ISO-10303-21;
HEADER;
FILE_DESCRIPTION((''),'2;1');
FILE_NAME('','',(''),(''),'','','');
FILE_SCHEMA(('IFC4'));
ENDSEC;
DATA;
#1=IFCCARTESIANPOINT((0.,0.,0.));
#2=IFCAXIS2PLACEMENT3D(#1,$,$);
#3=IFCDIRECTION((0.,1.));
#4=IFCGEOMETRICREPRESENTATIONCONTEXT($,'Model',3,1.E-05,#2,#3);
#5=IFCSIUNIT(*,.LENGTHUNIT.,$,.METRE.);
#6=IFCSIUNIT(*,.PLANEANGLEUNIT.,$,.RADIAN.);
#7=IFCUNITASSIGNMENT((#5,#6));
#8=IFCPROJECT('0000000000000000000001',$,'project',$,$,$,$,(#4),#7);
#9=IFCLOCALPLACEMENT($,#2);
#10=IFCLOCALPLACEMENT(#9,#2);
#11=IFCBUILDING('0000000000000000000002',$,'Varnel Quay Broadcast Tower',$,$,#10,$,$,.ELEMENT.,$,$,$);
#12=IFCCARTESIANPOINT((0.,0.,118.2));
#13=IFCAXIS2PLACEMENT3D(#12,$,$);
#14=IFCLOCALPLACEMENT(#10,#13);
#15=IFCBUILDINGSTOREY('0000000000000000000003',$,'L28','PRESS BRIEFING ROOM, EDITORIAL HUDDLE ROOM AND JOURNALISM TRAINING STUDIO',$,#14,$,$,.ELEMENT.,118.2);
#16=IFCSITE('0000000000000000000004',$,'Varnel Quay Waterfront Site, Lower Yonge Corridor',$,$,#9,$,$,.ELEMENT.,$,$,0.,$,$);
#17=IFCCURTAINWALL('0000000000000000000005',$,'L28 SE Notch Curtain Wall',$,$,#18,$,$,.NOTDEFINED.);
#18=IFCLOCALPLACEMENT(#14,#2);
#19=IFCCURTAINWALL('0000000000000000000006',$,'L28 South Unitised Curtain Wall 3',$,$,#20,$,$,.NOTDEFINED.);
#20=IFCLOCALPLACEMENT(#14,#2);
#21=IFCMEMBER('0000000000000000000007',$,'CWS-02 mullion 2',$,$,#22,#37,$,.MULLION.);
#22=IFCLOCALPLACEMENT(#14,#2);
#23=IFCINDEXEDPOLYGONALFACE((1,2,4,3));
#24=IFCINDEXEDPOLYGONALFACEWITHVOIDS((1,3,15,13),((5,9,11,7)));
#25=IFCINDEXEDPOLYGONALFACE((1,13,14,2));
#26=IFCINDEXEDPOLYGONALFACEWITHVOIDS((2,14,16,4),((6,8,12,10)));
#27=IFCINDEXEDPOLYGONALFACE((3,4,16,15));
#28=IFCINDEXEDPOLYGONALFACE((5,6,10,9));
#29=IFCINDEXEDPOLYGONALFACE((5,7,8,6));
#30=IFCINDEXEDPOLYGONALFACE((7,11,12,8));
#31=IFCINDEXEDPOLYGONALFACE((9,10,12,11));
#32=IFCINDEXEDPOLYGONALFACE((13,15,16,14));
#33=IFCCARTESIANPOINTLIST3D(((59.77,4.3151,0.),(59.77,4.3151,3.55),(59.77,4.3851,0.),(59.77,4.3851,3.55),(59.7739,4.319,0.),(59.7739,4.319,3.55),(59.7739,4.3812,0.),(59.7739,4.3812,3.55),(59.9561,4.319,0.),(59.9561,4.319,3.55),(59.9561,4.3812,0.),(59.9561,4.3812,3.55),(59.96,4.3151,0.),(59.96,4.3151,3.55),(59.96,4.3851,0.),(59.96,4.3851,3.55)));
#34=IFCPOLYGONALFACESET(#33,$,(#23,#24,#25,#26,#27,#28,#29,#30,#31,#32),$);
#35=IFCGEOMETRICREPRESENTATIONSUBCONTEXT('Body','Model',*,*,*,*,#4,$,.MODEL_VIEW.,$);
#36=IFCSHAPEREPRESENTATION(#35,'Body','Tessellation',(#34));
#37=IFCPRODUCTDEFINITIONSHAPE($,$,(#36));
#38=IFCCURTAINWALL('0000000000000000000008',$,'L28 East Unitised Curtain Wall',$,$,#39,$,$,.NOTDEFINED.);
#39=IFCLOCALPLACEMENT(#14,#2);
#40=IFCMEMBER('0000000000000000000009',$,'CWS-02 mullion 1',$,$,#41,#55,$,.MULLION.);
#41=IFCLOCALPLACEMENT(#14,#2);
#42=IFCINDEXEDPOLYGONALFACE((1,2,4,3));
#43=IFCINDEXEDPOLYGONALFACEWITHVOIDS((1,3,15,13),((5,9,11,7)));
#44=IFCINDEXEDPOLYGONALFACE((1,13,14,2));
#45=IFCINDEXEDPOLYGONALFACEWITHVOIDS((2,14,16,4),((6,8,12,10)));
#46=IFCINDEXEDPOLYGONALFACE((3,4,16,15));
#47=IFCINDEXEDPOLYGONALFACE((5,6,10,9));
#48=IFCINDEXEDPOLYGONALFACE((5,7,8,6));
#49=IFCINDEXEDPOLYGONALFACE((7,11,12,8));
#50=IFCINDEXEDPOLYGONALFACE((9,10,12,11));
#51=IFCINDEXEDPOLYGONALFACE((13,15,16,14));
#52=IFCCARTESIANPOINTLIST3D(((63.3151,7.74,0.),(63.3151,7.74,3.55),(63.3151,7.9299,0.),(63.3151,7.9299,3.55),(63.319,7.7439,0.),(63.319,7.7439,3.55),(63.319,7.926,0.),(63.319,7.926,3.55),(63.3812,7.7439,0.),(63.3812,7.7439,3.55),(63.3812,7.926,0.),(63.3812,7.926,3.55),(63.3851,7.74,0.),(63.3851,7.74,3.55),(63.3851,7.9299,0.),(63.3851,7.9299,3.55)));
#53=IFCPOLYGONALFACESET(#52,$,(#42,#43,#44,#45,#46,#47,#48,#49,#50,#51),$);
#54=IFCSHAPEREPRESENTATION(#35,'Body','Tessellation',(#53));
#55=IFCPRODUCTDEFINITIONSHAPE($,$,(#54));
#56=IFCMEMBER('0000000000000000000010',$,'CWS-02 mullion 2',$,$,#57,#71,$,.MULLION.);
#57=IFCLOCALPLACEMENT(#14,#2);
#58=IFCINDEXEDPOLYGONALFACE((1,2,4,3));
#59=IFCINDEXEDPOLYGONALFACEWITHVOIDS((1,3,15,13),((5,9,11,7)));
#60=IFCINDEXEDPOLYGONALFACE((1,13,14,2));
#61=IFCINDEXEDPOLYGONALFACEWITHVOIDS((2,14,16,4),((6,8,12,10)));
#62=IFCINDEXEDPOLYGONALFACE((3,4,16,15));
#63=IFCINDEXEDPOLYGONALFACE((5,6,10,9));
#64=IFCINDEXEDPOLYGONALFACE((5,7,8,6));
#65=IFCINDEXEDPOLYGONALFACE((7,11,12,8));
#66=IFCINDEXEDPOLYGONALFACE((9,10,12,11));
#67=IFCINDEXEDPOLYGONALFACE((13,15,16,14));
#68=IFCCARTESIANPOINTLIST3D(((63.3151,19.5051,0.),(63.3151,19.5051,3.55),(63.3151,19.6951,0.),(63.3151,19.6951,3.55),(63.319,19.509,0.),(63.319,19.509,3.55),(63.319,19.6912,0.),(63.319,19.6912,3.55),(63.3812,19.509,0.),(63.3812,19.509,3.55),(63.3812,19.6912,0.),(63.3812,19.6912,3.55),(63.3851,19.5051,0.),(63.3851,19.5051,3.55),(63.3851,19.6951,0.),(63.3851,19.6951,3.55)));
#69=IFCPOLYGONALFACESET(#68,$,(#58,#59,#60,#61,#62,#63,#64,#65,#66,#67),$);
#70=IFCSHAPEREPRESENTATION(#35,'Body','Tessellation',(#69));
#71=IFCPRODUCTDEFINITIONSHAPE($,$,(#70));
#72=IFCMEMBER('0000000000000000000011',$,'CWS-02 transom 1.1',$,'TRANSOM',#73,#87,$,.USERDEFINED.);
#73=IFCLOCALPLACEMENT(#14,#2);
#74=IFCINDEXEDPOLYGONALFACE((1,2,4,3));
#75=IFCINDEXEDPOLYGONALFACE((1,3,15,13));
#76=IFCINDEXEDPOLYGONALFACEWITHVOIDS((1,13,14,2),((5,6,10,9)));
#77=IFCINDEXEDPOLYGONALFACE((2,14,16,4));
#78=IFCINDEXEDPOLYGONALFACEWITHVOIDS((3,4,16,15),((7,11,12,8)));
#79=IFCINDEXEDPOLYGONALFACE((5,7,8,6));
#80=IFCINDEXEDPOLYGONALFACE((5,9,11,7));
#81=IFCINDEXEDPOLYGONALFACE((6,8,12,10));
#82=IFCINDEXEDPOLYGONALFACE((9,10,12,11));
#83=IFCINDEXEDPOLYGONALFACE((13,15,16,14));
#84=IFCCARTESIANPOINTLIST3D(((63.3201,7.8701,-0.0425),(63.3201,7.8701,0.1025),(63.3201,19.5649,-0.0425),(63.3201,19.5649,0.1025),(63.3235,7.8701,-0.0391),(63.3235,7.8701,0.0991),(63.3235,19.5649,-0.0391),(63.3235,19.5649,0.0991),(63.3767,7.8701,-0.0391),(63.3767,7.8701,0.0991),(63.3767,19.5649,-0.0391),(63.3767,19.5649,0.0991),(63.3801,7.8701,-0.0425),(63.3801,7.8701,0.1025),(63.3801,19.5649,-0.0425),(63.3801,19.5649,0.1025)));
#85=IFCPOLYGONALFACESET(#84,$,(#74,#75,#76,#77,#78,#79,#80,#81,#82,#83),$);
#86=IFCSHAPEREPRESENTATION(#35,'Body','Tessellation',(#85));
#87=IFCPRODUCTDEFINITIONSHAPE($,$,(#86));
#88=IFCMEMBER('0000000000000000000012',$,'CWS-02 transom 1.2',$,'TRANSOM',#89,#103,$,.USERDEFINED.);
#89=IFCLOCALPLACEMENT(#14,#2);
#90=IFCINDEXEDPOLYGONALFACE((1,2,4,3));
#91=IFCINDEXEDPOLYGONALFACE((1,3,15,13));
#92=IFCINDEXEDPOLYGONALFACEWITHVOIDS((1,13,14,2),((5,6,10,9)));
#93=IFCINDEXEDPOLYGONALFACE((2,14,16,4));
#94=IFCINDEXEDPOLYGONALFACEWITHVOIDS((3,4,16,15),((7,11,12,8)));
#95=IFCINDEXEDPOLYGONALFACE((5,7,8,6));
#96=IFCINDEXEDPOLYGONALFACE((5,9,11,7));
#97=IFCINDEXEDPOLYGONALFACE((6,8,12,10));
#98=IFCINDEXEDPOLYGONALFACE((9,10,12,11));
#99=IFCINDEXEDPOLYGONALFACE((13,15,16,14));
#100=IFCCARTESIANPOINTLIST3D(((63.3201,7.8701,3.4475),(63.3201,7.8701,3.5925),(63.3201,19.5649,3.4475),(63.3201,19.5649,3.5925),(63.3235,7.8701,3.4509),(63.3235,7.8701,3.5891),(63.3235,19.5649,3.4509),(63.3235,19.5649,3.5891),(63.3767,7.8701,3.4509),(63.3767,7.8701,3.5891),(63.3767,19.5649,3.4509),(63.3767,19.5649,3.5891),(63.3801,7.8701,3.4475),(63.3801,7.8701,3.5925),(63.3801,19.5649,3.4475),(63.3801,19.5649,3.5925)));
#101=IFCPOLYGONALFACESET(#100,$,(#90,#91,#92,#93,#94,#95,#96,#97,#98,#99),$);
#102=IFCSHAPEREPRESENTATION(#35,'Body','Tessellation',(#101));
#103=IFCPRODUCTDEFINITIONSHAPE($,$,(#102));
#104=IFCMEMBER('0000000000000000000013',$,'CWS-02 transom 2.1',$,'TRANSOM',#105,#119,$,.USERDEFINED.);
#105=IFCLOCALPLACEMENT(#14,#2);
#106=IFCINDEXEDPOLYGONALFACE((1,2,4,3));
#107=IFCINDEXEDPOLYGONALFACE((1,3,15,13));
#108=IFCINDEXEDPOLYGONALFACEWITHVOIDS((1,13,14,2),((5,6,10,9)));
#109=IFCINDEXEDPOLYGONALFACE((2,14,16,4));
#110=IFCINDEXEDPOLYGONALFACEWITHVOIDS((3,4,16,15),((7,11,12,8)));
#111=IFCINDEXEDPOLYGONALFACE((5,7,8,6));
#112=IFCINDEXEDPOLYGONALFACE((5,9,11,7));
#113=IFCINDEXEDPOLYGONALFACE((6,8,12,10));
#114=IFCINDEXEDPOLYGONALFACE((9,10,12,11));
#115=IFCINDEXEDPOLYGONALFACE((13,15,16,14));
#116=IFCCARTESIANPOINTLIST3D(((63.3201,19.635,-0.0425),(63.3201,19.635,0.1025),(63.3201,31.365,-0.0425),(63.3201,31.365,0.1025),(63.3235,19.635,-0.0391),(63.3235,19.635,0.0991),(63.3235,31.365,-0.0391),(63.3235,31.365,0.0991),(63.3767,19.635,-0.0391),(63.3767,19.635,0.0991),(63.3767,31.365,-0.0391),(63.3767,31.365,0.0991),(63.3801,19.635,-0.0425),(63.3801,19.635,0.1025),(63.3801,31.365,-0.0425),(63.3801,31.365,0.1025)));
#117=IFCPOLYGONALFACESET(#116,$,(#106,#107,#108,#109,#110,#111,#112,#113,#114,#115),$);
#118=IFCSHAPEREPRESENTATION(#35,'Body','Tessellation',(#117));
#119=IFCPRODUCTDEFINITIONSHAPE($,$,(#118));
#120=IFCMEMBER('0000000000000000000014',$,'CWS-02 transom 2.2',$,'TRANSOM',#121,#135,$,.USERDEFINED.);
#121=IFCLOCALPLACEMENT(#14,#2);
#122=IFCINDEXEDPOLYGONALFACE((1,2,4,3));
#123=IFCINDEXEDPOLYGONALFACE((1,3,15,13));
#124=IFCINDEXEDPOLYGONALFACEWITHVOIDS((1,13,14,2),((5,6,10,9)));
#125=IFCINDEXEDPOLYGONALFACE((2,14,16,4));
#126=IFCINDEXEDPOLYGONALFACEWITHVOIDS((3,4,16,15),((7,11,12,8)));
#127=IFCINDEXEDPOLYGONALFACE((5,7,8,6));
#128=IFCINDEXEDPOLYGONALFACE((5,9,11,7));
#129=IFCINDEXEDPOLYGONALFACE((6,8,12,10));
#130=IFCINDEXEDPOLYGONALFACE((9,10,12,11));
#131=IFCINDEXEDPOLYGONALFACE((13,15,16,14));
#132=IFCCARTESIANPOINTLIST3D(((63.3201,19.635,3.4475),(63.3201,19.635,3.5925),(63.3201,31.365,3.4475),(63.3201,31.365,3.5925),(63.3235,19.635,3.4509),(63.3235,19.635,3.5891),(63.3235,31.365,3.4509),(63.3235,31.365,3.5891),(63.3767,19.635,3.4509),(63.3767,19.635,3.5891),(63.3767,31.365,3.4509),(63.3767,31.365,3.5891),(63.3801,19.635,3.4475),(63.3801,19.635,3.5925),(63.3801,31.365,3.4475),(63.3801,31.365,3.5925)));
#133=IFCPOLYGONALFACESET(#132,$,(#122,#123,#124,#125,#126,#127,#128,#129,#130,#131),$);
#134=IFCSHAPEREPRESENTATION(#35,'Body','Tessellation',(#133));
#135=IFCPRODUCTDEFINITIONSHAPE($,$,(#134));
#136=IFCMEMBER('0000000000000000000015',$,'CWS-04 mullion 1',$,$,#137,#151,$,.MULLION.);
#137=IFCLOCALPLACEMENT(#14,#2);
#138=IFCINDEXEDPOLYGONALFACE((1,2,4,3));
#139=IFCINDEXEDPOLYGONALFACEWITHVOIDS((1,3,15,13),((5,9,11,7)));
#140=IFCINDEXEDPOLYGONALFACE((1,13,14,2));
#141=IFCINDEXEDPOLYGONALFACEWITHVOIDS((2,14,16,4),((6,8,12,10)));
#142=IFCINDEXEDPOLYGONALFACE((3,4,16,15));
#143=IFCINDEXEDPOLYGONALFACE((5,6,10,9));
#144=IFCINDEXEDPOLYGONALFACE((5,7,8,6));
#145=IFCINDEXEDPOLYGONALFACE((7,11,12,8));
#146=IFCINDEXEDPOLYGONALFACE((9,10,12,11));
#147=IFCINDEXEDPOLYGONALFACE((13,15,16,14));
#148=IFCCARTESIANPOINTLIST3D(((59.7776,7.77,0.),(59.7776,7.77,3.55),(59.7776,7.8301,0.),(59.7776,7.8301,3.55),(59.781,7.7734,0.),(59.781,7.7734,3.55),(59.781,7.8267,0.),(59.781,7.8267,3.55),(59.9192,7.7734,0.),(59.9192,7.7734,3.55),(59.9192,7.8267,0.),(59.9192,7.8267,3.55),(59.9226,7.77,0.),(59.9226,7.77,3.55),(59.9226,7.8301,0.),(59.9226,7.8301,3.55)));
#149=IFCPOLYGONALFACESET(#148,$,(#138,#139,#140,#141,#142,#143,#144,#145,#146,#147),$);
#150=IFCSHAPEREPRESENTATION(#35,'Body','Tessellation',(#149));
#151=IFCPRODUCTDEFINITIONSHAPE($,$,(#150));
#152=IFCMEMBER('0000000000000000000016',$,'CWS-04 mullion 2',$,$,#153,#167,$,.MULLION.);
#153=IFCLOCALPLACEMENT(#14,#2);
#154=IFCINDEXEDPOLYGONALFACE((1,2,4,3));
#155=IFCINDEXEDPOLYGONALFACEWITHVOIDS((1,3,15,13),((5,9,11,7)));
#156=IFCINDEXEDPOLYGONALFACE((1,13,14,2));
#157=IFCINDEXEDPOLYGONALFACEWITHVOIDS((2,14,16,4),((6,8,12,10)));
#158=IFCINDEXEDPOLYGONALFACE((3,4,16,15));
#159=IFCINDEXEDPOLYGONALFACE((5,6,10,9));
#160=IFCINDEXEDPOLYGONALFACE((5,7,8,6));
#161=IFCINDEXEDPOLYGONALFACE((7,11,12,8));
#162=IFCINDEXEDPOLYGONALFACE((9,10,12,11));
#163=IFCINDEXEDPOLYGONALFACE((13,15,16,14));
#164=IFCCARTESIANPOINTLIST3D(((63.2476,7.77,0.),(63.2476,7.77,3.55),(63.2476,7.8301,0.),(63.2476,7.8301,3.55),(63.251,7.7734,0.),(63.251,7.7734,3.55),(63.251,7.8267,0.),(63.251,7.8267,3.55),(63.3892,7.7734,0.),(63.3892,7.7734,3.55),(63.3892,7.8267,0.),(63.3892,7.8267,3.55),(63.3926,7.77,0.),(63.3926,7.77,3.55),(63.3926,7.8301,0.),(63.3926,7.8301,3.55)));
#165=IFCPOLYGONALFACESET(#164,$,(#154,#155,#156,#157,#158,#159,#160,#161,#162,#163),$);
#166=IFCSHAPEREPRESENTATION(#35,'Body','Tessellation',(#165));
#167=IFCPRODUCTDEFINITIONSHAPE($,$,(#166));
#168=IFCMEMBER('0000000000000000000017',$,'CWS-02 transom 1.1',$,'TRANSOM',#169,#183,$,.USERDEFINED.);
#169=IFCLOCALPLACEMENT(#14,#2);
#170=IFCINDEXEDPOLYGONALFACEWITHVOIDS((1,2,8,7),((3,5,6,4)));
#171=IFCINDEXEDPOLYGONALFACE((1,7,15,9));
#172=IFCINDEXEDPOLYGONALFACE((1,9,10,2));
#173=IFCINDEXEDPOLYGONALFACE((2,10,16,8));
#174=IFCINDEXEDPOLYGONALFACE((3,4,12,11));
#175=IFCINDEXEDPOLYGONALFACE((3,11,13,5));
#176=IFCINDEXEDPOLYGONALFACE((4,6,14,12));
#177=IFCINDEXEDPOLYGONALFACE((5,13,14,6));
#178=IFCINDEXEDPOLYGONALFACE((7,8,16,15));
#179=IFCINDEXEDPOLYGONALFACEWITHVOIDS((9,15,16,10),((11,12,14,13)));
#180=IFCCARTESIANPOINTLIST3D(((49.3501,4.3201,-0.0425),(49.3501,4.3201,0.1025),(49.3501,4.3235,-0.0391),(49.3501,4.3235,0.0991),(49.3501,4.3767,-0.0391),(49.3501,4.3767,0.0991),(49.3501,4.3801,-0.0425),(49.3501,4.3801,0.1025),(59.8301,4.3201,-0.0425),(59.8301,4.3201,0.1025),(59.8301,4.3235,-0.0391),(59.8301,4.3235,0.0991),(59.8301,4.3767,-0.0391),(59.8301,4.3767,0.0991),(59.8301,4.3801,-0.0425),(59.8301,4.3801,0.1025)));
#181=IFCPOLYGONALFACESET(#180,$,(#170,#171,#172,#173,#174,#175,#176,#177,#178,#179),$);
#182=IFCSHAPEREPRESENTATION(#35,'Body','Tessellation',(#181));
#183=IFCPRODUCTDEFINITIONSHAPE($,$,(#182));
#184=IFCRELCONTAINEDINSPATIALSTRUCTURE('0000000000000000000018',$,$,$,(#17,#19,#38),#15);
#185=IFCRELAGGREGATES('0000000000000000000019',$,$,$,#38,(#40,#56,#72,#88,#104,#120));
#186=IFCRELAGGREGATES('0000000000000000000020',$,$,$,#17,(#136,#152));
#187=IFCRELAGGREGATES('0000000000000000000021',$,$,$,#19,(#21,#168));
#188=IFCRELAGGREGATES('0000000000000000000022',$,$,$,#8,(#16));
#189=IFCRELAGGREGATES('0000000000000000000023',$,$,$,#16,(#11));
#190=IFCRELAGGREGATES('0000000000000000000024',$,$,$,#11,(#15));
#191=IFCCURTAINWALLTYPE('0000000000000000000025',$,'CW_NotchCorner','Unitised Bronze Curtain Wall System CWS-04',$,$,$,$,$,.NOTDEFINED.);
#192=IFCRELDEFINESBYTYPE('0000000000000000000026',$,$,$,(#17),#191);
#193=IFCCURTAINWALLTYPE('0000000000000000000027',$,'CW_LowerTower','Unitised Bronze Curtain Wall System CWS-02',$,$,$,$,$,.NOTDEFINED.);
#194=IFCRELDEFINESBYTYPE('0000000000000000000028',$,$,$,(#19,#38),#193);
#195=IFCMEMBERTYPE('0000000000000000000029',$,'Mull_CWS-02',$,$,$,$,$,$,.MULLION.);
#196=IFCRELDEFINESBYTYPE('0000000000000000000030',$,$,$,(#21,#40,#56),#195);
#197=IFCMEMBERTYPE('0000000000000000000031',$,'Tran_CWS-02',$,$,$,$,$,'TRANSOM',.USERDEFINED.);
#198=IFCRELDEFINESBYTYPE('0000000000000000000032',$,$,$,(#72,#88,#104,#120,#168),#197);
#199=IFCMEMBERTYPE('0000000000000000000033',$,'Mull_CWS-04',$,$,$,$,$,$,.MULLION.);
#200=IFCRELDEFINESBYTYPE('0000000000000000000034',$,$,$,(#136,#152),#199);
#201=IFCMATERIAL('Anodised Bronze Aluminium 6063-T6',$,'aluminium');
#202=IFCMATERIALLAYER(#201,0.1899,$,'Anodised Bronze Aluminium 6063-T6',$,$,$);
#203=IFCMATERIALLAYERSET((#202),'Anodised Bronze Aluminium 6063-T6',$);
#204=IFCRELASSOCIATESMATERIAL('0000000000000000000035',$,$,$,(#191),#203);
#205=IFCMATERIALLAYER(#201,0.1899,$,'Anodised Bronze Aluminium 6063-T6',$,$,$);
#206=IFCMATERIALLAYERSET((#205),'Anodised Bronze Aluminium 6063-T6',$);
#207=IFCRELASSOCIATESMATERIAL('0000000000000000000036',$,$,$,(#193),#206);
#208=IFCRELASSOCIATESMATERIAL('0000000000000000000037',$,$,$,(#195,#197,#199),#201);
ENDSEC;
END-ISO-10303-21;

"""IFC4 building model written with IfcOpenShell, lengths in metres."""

from ifc_helpers import new_model, si_unit, direction, frame, origin, origin_2d, place, context, subcontext, project, spatial, hollow_rectangle, extrude, source, transform, mapped, material, layer, layer_set, material_profile, profile_set, type_object, type_shapes, element, aggregate, save


model = new_model("IFC4")

# Units and contexts
model_context = context("Model", 3, precision=1e-05, world=origin(), true_north=direction((0.0, 1.0)))
body_context = subcontext(model_context, "Body", "Model", "MODEL_VIEW")
ifc_project = project(units=[si_unit("LENGTHUNIT", "METRE"), si_unit("PLANEANGLEUNIT", "RADIAN")], contexts=[model_context])

# Site, building, storey
site_placement = place(None, origin())
site = spatial("IfcSite", under=ifc_project, at=site_placement, Name="Varnel Quay Waterfront Site, Lower Yonge Corridor", CompositionType="ELEMENT", RefElevation=0.0)
building_placement = place(site_placement, origin())
building = spatial("IfcBuilding", under=site, at=building_placement, Name="Varnel Quay Broadcast Tower", CompositionType="ELEMENT")
storey_placement = place(building_placement, frame((0.0, 0.0, 118.2)))
storey = spatial("IfcBuildingStorey", under=building, at=storey_placement, Name="L28", Description="PRESS BRIEFING ROOM, EDITORIAL HUDDLE ROOM AND JOURNALISM TRAINING STUDIO", CompositionType="ELEMENT", Elevation=118.2)

# Curtain walls, members
ifc_material_1 = material(Name="Anodised Bronze Aluminium 6063-T6", Category="aluminium")
ifc_layer_1 = layer(ifc_material_1, 0.1899, Name="Anodised Bronze Aluminium 6063-T6")
ifc_layer_set_1 = layer_set([ifc_layer_1], Name="Anodised Bronze Aluminium 6063-T6")
curtain_wall_type_1 = type_object("IfcCurtainWallType", Name="CW_NotchCorner", Description="Unitised Bronze Curtain Wall System CWS-04", PredefinedType="NOTDEFINED", material=ifc_layer_set_1)
curtain_wall_1_placement = place(storey_placement, origin())
curtain_wall_1 = element("IfcCurtainWall", 1, at=curtain_wall_1_placement, inside=storey, type_object=curtain_wall_type_1, Name="L28 SE Notch Curtain Wall", PredefinedType="NOTDEFINED")
ifc_layer_2 = layer(ifc_material_1, 0.1899, Name="Anodised Bronze Aluminium 6063-T6")
ifc_layer_set_2 = layer_set([ifc_layer_2], Name="Anodised Bronze Aluminium 6063-T6")
curtain_wall_type_2 = type_object("IfcCurtainWallType", Name="CW_LowerTower", Description="Unitised Bronze Curtain Wall System CWS-02", PredefinedType="NOTDEFINED", material=ifc_layer_set_2)
curtain_wall_2_placement = place(storey_placement, origin())
curtain_wall_2 = element("IfcCurtainWall", 2, at=curtain_wall_2_placement, inside=storey, type_object=curtain_wall_type_2, Name="L28 South Unitised Curtain Wall 3", PredefinedType="NOTDEFINED")
ifc_material_profile_1 = material_profile(ifc_material_1, hollow_rectangle(XDim=0.0701, YDim=0.1899, WallThickness=0.0039, at=origin_2d()), Name="ALU70X190X4")
ifc_profile_set_1 = profile_set([ifc_material_profile_1], Name="Anodised Bronze Aluminium 6063-T6")
member_type_1 = type_object("IfcMemberType", Name="Mull_CWS-02", PredefinedType="MULLION", material=ifc_profile_set_1)
shared_shape_1 = source(origin(), body_context, "Body", "SweptSolid", [
    extrude(hollow_rectangle(XDim=0.0701, YDim=0.1899, WallThickness=0.0039, at=origin_2d()), origin(), (0.0, 0.0, 1.0), 3.55),
])
type_shapes(member_type_1, [shared_shape_1])
member_1_placement = place(storey_placement, frame((59.865, 4.3501, 0.0), z_axis=(0.0, 0.0, 1.0), x_axis=(0.0, 1.0, 0.0)))
member_1 = element("IfcMember", 3, at=member_1_placement, type_object=member_type_1, Name="CWS-02 mullion 2", PredefinedType="MULLION", context=body_context, shape_type="MappedRepresentation", body=[
    mapped(shared_shape_1, transform((0.0, 0.0, 0.0), x_axis=(1.0, 0.0, 0.0), y_axis=(0.0, 1.0, 0.0), z_axis=(0.0, 0.0, 1.0), scale=1.0)),
])
curtain_wall_3_placement = place(storey_placement, origin())
curtain_wall_3 = element("IfcCurtainWall", 4, at=curtain_wall_3_placement, inside=storey, type_object=curtain_wall_type_2, Name="L28 East Unitised Curtain Wall", PredefinedType="NOTDEFINED")
member_2_placement = place(storey_placement, frame((63.3501, 7.835, 0.0), z_axis=(0.0, 0.0, 1.0), x_axis=(-1.0, 0.0, 0.0)))
member_2 = element("IfcMember", 5, at=member_2_placement, type_object=member_type_1, Name="CWS-02 mullion 1", PredefinedType="MULLION", context=body_context, shape_type="MappedRepresentation", body=[
    mapped(shared_shape_1, transform((0.0, 0.0, 0.0), x_axis=(1.0, 0.0, 0.0), y_axis=(0.0, 1.0, 0.0), z_axis=(0.0, 0.0, 1.0), scale=1.0)),
])
member_3_placement = place(storey_placement, frame((63.3501, 19.6001, 0.0), z_axis=(0.0, 0.0, 1.0), x_axis=(-1.0, 0.0, 0.0)))
member_3 = element("IfcMember", 6, at=member_3_placement, type_object=member_type_1, Name="CWS-02 mullion 2", PredefinedType="MULLION", context=body_context, shape_type="MappedRepresentation", body=[
    mapped(shared_shape_1, transform((0.0, 0.0, 0.0), x_axis=(1.0, 0.0, 0.0), y_axis=(0.0, 1.0, 0.0), z_axis=(0.0, 0.0, 1.0), scale=1.0)),
])
ifc_material_profile_2 = material_profile(ifc_material_1, hollow_rectangle(XDim=0.0601, YDim=0.145, WallThickness=0.0034, at=origin_2d()), Name="ALU60X145X3.5")
ifc_profile_set_2 = profile_set([ifc_material_profile_2], Name="Anodised Bronze Aluminium 6063-T6")
member_type_2 = type_object("IfcMemberType", Name="Tran_CWS-02", ElementType="TRANSOM", PredefinedType="USERDEFINED", material=ifc_profile_set_2)
shared_shape_2 = source(origin(), body_context, "Body", "SweptSolid", [
    extrude(hollow_rectangle(XDim=0.0601, YDim=0.145, WallThickness=0.0034, at=origin_2d()), origin(), (0.0, 0.0, 1.0), 11.6948),
])
member_4_placement = place(storey_placement, frame((63.3501, 7.8701, 0.03), z_axis=(0.0, 1.0, 0.0), x_axis=(-1.0, 0.0, 0.0)))
member_4 = element("IfcMember", 7, at=member_4_placement, type_object=member_type_2, Name="CWS-02 transom 1.1", ObjectType="TRANSOM", PredefinedType="USERDEFINED", context=body_context, shape_type="MappedRepresentation", body=[
    mapped(shared_shape_2, transform((0.0, 0.0, 0.0), x_axis=(1.0, 0.0, 0.0), y_axis=(0.0, 1.0, 0.0), z_axis=(0.0, 0.0, 1.0), scale=1.0)),
])
member_5_placement = place(storey_placement, frame((63.3501, 7.8701, 3.52), z_axis=(0.0, 1.0, 0.0), x_axis=(-1.0, 0.0, 0.0)))
member_5 = element("IfcMember", 8, at=member_5_placement, type_object=member_type_2, Name="CWS-02 transom 1.2", ObjectType="TRANSOM", PredefinedType="USERDEFINED", context=body_context, shape_type="MappedRepresentation", body=[
    mapped(shared_shape_2, transform((0.0, 0.0, 0.0), x_axis=(1.0, 0.0, 0.0), y_axis=(0.0, 1.0, 0.0), z_axis=(0.0, 0.0, 1.0), scale=1.0)),
])
shared_shape_3 = source(origin(), body_context, "Body", "SweptSolid", [
    extrude(hollow_rectangle(XDim=0.0601, YDim=0.145, WallThickness=0.0034, at=origin_2d()), origin(), (0.0, 0.0, 1.0), 11.73),
])
member_6_placement = place(storey_placement, frame((63.3501, 19.635, 0.03), z_axis=(0.0, 1.0, 0.0), x_axis=(-1.0, 0.0, 0.0)))
member_6 = element("IfcMember", 9, at=member_6_placement, type_object=member_type_2, Name="CWS-02 transom 2.1", ObjectType="TRANSOM", PredefinedType="USERDEFINED", context=body_context, shape_type="MappedRepresentation", body=[
    mapped(shared_shape_3, transform((0.0, 0.0, 0.0), x_axis=(1.0, 0.0, 0.0), y_axis=(0.0, 1.0, 0.0), z_axis=(0.0, 0.0, 1.0), scale=1.0)),
])
member_7_placement = place(storey_placement, frame((63.3501, 19.635, 3.52), z_axis=(0.0, 1.0, 0.0), x_axis=(-1.0, 0.0, 0.0)))
member_7 = element("IfcMember", 10, at=member_7_placement, type_object=member_type_2, Name="CWS-02 transom 2.2", ObjectType="TRANSOM", PredefinedType="USERDEFINED", context=body_context, shape_type="MappedRepresentation", body=[
    mapped(shared_shape_3, transform((0.0, 0.0, 0.0), x_axis=(1.0, 0.0, 0.0), y_axis=(0.0, 1.0, 0.0), z_axis=(0.0, 0.0, 1.0), scale=1.0)),
])

# Members
ifc_material_profile_3 = material_profile(ifc_material_1, hollow_rectangle(XDim=0.0601, YDim=0.145, WallThickness=0.0034, at=origin_2d()), Name="ALU60X145X3.5")
ifc_profile_set_3 = profile_set([ifc_material_profile_3], Name="Anodised Bronze Aluminium 6063-T6")
member_type_3 = type_object("IfcMemberType", Name="Mull_CWS-04", PredefinedType="MULLION", material=ifc_profile_set_3)
shared_shape_4 = source(origin(), body_context, "Body", "SweptSolid", [
    extrude(hollow_rectangle(XDim=0.0601, YDim=0.145, WallThickness=0.0034, at=origin_2d()), origin(), (0.0, 0.0, 1.0), 3.55),
])
type_shapes(member_type_3, [shared_shape_4])
member_8_placement = place(storey_placement, frame((59.8501, 7.8, 0.0), z_axis=(0.0, 0.0, 1.0), x_axis=(0.0, 1.0, 0.0)))
member_8 = element("IfcMember", 11, at=member_8_placement, type_object=member_type_3, Name="CWS-04 mullion 1", PredefinedType="MULLION", context=body_context, shape_type="MappedRepresentation", body=[
    mapped(shared_shape_4, transform((0.0, 0.0, 0.0), x_axis=(1.0, 0.0, 0.0), y_axis=(0.0, 1.0, 0.0), z_axis=(0.0, 0.0, 1.0), scale=1.0)),
])
member_9_placement = place(storey_placement, frame((63.3201, 7.8, 0.0), z_axis=(0.0, 0.0, 1.0), x_axis=(0.0, 1.0, 0.0)))
member_9 = element("IfcMember", 12, at=member_9_placement, type_object=member_type_3, Name="CWS-04 mullion 2", PredefinedType="MULLION", context=body_context, shape_type="MappedRepresentation", body=[
    mapped(shared_shape_4, transform((0.0, 0.0, 0.0), x_axis=(1.0, 0.0, 0.0), y_axis=(0.0, 1.0, 0.0), z_axis=(0.0, 0.0, 1.0), scale=1.0)),
])
shared_shape_5 = source(origin(), body_context, "Body", "SweptSolid", [
    extrude(hollow_rectangle(XDim=0.0601, YDim=0.145, WallThickness=0.0034, at=origin_2d()), origin(), (0.0, 0.0, 1.0), 10.48),
])
type_shapes(member_type_2, [shared_shape_2, shared_shape_3, shared_shape_5])
member_10_placement = place(storey_placement, frame((49.3501, 4.3501, 0.03), z_axis=(1.0, 0.0, 0.0), x_axis=(0.0, 1.0, 0.0)))
member_10 = element("IfcMember", 13, at=member_10_placement, type_object=member_type_2, Name="CWS-02 transom 1.1", ObjectType="TRANSOM", PredefinedType="USERDEFINED", context=body_context, shape_type="MappedRepresentation", body=[
    mapped(shared_shape_5, transform((0.0, 0.0, 0.0), x_axis=(1.0, 0.0, 0.0), y_axis=(0.0, 1.0, 0.0), z_axis=(0.0, 0.0, 1.0), scale=1.0)),
])

aggregate(curtain_wall_3, [member_2, member_3, member_4, member_5, member_6, member_7])
aggregate(curtain_wall_1, [member_8, member_9])
aggregate(curtain_wall_2, [member_1, member_10])

save(model, "model.ifc")
